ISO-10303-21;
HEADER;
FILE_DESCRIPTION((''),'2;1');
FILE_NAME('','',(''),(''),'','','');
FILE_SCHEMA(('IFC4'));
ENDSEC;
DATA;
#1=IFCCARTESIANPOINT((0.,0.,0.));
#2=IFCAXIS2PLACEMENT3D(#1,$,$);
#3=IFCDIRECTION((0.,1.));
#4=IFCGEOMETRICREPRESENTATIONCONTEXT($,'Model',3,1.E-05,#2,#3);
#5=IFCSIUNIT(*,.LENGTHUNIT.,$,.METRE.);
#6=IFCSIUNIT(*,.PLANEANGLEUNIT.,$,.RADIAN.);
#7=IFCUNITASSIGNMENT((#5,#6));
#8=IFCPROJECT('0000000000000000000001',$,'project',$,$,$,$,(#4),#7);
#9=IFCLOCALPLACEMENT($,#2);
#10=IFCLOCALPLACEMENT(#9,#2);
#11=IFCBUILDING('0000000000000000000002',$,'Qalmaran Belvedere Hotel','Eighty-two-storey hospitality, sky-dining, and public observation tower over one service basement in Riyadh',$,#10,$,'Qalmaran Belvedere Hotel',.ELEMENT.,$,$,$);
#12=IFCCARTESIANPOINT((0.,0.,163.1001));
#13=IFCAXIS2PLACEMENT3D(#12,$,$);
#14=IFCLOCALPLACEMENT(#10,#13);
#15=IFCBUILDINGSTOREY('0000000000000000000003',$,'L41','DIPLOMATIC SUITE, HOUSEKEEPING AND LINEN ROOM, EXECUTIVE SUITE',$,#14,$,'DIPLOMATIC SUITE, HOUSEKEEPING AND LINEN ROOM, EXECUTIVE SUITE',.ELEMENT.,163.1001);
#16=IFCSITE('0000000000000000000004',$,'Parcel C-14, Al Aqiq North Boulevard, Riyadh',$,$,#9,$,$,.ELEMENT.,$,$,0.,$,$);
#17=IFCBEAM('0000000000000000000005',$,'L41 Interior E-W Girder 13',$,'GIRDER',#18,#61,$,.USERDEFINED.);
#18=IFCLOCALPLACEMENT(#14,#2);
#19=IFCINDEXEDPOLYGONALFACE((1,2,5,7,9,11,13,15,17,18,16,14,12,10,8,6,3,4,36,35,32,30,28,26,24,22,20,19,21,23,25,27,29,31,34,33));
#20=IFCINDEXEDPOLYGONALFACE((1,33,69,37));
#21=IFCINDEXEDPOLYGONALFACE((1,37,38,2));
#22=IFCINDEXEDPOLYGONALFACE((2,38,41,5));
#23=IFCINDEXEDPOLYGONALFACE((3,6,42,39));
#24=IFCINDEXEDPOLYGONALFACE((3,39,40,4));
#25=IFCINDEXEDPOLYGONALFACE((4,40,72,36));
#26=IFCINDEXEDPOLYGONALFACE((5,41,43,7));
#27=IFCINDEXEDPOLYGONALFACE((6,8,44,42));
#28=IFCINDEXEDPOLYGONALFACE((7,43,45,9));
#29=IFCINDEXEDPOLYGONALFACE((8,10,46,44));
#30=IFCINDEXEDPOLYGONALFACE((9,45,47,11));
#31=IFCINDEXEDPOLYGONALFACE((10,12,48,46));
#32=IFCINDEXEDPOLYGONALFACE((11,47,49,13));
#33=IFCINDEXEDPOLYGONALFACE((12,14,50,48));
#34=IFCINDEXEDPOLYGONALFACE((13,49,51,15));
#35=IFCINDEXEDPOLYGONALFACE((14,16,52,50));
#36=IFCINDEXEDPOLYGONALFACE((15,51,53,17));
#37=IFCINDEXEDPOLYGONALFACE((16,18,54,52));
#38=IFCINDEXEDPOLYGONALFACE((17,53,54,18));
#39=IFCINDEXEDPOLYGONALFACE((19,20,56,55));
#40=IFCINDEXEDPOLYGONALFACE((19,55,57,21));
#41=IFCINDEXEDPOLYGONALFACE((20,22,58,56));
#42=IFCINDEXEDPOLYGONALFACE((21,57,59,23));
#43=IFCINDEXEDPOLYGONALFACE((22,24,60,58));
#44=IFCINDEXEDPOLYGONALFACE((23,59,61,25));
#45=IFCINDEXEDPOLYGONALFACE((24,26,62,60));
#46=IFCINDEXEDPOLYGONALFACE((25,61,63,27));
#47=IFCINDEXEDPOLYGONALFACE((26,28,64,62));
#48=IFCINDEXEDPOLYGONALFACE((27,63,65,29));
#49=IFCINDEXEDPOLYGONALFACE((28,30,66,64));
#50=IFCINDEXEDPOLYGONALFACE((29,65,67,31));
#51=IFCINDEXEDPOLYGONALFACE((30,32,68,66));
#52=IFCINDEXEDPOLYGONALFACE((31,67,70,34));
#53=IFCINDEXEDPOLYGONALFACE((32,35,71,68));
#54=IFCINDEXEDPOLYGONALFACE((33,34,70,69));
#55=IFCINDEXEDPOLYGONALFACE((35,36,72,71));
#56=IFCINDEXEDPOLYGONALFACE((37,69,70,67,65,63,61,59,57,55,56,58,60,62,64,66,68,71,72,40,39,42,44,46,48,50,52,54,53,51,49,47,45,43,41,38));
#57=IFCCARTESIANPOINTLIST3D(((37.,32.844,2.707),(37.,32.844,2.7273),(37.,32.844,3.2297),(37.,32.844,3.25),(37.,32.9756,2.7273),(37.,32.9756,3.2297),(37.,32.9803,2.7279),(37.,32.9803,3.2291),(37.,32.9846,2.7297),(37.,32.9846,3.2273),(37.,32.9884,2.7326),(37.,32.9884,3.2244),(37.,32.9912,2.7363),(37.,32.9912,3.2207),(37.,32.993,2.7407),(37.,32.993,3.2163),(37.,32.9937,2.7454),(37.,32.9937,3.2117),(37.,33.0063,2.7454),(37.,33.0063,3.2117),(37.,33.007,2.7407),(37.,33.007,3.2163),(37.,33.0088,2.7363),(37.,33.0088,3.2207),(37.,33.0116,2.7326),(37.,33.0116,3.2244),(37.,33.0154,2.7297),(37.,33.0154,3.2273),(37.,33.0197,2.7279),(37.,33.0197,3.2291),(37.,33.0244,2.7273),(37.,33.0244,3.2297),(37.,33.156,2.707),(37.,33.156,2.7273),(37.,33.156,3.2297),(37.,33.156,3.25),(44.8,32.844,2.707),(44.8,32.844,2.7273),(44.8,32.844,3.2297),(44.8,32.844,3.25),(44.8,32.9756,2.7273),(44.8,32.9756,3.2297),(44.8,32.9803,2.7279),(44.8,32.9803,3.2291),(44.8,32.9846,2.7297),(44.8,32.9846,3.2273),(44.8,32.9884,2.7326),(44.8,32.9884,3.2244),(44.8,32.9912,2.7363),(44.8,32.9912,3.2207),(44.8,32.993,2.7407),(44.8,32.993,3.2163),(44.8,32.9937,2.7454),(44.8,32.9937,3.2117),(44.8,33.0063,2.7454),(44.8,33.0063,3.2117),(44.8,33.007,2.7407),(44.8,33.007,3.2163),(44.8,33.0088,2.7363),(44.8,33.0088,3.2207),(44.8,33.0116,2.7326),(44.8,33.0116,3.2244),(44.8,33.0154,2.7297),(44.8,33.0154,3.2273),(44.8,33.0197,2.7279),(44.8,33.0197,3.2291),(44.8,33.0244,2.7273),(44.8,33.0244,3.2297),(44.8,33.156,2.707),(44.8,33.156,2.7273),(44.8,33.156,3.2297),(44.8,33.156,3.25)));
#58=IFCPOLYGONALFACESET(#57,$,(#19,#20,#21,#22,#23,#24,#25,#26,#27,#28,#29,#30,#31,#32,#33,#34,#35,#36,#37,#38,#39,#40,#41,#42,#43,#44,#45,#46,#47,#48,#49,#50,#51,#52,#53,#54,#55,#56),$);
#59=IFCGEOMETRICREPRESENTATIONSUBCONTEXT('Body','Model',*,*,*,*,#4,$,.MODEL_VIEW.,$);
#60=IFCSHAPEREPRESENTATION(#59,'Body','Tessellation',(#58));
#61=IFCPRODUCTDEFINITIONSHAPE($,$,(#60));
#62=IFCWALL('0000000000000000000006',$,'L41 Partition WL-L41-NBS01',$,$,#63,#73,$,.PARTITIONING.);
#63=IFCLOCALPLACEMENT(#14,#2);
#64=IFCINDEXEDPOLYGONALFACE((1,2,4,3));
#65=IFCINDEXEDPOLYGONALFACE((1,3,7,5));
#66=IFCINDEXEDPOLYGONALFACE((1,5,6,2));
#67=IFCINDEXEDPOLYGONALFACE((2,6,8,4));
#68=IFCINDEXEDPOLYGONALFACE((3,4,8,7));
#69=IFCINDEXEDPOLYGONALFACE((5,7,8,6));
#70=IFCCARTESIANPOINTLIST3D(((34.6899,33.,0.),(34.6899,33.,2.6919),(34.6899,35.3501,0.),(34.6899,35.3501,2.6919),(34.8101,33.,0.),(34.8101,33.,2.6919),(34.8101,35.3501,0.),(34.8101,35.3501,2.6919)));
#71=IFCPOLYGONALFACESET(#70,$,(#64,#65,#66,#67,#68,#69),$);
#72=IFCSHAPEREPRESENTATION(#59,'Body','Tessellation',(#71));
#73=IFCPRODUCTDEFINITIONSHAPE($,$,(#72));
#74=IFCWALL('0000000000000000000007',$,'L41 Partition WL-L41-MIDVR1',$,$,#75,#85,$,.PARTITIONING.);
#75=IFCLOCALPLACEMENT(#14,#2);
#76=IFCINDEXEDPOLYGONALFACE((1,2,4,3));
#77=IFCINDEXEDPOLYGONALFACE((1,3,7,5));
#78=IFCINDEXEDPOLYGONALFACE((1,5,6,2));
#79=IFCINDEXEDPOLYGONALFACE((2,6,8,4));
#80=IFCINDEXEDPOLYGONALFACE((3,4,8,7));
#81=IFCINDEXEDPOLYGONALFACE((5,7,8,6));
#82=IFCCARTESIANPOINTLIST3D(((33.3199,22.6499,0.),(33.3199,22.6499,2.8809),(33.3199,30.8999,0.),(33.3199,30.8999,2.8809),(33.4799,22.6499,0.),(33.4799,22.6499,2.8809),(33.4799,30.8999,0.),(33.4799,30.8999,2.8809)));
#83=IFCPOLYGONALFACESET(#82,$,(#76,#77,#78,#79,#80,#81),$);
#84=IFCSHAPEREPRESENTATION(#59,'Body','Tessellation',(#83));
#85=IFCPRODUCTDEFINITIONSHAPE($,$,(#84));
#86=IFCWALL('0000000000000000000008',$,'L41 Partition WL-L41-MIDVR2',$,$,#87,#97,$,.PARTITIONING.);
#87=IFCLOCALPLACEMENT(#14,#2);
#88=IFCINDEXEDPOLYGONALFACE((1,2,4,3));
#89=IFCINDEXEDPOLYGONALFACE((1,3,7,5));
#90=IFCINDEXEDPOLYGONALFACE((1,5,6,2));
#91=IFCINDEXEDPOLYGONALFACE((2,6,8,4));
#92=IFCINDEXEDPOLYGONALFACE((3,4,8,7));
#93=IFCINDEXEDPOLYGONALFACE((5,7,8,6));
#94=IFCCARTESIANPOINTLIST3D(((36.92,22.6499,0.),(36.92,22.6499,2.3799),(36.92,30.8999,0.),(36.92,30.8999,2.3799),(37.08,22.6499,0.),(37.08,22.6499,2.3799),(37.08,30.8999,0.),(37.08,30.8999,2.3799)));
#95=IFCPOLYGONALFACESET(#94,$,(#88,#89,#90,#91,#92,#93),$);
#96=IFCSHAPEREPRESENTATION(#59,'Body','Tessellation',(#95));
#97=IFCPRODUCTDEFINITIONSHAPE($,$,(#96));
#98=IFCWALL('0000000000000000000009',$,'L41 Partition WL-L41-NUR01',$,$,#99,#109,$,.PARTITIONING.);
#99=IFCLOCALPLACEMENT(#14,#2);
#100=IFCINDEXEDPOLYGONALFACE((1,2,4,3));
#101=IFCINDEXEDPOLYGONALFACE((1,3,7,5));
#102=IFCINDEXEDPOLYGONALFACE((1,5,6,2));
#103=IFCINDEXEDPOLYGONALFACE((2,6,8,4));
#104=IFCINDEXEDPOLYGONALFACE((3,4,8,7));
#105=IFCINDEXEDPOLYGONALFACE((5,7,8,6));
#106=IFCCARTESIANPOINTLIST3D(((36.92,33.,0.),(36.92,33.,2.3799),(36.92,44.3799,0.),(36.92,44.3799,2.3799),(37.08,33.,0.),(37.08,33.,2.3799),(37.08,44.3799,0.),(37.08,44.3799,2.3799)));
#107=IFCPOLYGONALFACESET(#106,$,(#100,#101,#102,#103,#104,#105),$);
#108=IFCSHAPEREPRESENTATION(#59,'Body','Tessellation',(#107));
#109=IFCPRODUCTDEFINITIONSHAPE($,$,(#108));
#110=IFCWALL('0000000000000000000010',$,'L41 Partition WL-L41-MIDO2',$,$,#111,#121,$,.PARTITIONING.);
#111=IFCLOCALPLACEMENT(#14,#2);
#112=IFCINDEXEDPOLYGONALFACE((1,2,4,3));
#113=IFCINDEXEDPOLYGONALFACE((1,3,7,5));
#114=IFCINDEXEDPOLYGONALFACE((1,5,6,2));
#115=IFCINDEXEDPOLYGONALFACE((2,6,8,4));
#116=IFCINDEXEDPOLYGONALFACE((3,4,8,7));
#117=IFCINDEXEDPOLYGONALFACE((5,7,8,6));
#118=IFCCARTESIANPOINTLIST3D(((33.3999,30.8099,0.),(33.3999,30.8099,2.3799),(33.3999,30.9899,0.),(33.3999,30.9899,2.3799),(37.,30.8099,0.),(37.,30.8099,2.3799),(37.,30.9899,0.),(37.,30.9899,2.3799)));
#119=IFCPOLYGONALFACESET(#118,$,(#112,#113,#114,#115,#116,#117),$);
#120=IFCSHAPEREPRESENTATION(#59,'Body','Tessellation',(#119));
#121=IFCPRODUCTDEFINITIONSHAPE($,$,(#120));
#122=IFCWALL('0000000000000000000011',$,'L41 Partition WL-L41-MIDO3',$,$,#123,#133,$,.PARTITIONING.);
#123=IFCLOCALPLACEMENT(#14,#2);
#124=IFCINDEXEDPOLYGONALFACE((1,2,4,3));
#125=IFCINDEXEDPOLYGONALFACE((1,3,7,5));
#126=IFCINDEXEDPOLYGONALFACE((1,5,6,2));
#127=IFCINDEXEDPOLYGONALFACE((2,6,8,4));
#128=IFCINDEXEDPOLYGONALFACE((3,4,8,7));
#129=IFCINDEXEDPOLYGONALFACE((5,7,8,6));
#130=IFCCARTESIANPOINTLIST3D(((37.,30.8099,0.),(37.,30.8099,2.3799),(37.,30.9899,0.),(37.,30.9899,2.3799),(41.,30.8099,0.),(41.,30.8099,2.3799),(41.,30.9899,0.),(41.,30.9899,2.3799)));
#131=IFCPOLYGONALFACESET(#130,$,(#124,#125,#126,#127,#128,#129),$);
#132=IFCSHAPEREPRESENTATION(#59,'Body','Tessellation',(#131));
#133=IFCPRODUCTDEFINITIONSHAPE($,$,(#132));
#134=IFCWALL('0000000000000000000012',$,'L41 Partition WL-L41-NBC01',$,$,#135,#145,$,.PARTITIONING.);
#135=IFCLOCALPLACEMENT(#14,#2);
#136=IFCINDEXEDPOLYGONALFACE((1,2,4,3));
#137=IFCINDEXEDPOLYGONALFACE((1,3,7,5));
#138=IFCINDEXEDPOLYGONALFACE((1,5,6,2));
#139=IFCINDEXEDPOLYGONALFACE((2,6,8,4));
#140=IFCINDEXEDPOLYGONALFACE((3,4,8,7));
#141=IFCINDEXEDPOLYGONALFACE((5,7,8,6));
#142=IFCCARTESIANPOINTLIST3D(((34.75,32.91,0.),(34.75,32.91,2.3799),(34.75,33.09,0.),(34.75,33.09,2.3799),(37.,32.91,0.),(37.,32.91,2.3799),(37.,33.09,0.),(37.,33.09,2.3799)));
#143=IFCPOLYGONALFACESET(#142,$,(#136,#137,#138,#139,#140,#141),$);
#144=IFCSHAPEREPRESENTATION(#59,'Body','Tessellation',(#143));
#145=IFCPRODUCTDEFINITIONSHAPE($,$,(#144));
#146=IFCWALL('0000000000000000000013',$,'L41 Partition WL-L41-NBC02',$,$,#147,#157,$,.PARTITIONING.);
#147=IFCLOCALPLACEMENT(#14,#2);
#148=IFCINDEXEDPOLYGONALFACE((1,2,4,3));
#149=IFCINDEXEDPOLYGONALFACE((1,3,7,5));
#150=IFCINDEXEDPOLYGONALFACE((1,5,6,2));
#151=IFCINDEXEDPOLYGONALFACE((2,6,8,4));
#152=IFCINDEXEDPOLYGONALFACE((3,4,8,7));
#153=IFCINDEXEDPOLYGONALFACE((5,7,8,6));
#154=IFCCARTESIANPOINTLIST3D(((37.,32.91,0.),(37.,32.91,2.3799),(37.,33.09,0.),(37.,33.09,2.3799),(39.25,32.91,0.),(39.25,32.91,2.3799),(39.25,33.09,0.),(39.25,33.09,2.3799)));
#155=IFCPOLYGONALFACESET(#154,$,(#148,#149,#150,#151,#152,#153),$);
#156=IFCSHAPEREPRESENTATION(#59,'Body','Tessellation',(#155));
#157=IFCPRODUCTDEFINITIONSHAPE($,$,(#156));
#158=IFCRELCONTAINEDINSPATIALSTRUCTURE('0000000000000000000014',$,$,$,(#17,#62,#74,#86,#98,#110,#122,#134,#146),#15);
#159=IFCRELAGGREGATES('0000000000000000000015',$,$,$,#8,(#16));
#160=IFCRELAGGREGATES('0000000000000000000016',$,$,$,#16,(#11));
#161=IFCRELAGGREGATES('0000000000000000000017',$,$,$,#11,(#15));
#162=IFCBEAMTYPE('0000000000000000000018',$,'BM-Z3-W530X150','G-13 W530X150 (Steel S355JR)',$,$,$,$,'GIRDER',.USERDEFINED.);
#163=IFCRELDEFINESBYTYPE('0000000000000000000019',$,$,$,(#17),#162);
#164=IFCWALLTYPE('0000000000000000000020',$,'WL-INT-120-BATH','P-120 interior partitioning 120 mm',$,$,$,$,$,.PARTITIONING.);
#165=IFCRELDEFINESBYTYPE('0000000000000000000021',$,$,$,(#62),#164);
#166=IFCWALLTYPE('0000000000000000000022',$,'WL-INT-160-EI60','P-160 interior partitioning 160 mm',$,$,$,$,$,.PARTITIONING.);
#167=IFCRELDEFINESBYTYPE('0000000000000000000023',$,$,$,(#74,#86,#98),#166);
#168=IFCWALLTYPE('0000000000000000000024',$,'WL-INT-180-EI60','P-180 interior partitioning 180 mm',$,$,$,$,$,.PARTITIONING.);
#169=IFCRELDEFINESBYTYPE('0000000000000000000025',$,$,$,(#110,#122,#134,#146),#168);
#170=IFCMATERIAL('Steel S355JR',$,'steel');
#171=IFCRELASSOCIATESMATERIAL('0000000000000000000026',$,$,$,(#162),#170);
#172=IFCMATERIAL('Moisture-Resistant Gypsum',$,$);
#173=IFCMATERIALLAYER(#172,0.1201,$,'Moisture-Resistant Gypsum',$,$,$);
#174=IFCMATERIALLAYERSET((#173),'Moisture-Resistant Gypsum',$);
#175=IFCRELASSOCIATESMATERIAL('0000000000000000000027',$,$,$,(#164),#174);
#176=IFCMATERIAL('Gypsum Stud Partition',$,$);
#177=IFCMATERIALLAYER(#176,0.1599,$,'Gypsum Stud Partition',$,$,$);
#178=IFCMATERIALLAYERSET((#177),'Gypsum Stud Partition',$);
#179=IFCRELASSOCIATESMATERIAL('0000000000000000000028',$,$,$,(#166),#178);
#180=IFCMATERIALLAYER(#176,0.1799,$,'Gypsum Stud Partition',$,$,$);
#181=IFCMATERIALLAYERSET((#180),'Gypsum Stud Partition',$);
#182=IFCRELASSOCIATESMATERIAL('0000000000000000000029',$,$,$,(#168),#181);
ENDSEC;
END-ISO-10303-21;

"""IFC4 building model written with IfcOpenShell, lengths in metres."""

from ifc_helpers import new_model, si_unit, direction, frame, frame_2d, origin, origin_2d, place, context, subcontext, project, spatial, rectangle, i_section, extrude, material, layer, layer_set, material_profile, profile_set, type_object, element, save


model = new_model("IFC4")

# Units and contexts
model_context = context("Model", 3, precision=1e-05, world=origin(), true_north=direction((0.0, 1.0)))
body_context = subcontext(model_context, "Body", "Model", "MODEL_VIEW")
ifc_project = project(units=[si_unit("LENGTHUNIT", "METRE"), si_unit("PLANEANGLEUNIT", "RADIAN")], contexts=[model_context])

# Site, building, storey
site_placement = place(None, origin())
site = spatial("IfcSite", under=ifc_project, at=site_placement, Name="Parcel C-14, Al Aqiq North Boulevard, Riyadh", CompositionType="ELEMENT", RefElevation=0.0)
building_placement = place(site_placement, origin())
building = spatial("IfcBuilding", under=site, at=building_placement, Name="Qalmaran Belvedere Hotel", Description="Eighty-two-storey hospitality, sky-dining, and public observation tower over one service basement in Riyadh", LongName="Qalmaran Belvedere Hotel", CompositionType="ELEMENT")
storey_placement = place(building_placement, frame((0.0, 0.0, 163.1001)))
storey = spatial("IfcBuildingStorey", under=building, at=storey_placement, Name="L41", Description="DIPLOMATIC SUITE, HOUSEKEEPING AND LINEN ROOM, EXECUTIVE SUITE", LongName="DIPLOMATIC SUITE, HOUSEKEEPING AND LINEN ROOM, EXECUTIVE SUITE", CompositionType="ELEMENT", Elevation=163.1001)

# Beam
ifc_material_1 = material(Name="Steel S355JR", Category="steel")
ifc_material_profile_1 = material_profile(ifc_material_1, i_section(OverallWidth=0.312, OverallDepth=0.543, WebThickness=0.0127, FlangeThickness=0.0203, FilletRadius=0.0181, at=origin_2d()), Name="W530X150")
ifc_profile_set_1 = profile_set([ifc_material_profile_1], Name="Steel S355JR")
beam_type_1 = type_object("IfcBeamType", Name="BM-Z3-W530X150", Description="G-13 W530X150 (Steel S355JR)", ElementType="GIRDER", PredefinedType="USERDEFINED", material=ifc_profile_set_1)
for number, where, z_axis, x_axis, name in (
    (1, (37.0, 33.0, 2.9785), (1.0, 0.0, 0.0), (0.0, 1.0, 0.0), "L41 Interior E-W Girder 13"),
):
    element("IfcBeam", number, at=place(storey_placement, frame(where, z_axis=z_axis, x_axis=x_axis)), inside=storey, type_object=beam_type_1, Name=name, ObjectType="GIRDER", PredefinedType="USERDEFINED", context=body_context, shape_type="SweptSolid", body=[
        extrude(i_section(OverallWidth=0.312, OverallDepth=0.543, WebThickness=0.0127, FlangeThickness=0.0203, FilletRadius=0.0181, at=origin_2d()), origin(), (0.0, 0.0, 1.0), 7.8),
    ])

# Walls
ifc_material_2 = material(Name="Moisture-Resistant Gypsum")
ifc_layer_1 = layer(ifc_material_2, 0.1201, Name="Moisture-Resistant Gypsum")
ifc_layer_set_1 = layer_set([ifc_layer_1], Name="Moisture-Resistant Gypsum")
wall_type_1 = type_object("IfcWallType", Name="WL-INT-120-BATH", Description="P-120 interior partitioning 120 mm", PredefinedType="PARTITIONING", material=ifc_layer_set_1)
wall_1_placement = place(storey_placement, frame((34.75, 33.0, 0.0), z_axis=(0.0, 0.0, 1.0), x_axis=(0.0, 1.0, 0.0)))
element("IfcWall", 2, at=wall_1_placement, inside=storey, type_object=wall_type_1, Name="L41 Partition WL-L41-NBS01", PredefinedType="PARTITIONING", context=body_context, shape_type="SweptSolid", body=[
    extrude(rectangle(XDim=2.3501, YDim=0.1201, at=frame_2d((1.175, 0.0))), origin(), (0.0, 0.0, 1.0), 2.6919),
])
ifc_material_3 = material(Name="Gypsum Stud Partition")
ifc_layer_2 = layer(ifc_material_3, 0.1599, Name="Gypsum Stud Partition")
ifc_layer_set_2 = layer_set([ifc_layer_2], Name="Gypsum Stud Partition")
wall_type_2 = type_object("IfcWallType", Name="WL-INT-160-EI60", Description="P-160 interior partitioning 160 mm", PredefinedType="PARTITIONING", material=ifc_layer_set_2)
wall_2_placement = place(storey_placement, frame((33.3999, 22.6499, 0.0), z_axis=(0.0, 0.0, 1.0), x_axis=(0.0, 1.0, 0.0)))
element("IfcWall", 3, at=wall_2_placement, inside=storey, type_object=wall_type_2, Name="L41 Partition WL-L41-MIDVR1", PredefinedType="PARTITIONING", context=body_context, shape_type="SweptSolid", body=[
    extrude(rectangle(XDim=8.25, YDim=0.1599, at=frame_2d((4.125, 0.0))), origin(), (0.0, 0.0, 1.0), 2.8809),
])
wall_3_placement = place(storey_placement, frame((37.0, 22.6499, 0.0), z_axis=(0.0, 0.0, 1.0), x_axis=(0.0, 1.0, 0.0)))
element("IfcWall", 4, at=wall_3_placement, inside=storey, type_object=wall_type_2, Name="L41 Partition WL-L41-MIDVR2", PredefinedType="PARTITIONING", context=body_context, shape_type="SweptSolid", body=[
    extrude(rectangle(XDim=8.25, YDim=0.1599, at=frame_2d((4.125, 0.0))), origin(), (0.0, 0.0, 1.0), 2.3799),
])
wall_4_placement = place(storey_placement, frame((37.0, 33.0, 0.0), z_axis=(0.0, 0.0, 1.0), x_axis=(0.0, 1.0, 0.0)))
element("IfcWall", 5, at=wall_4_placement, inside=storey, type_object=wall_type_2, Name="L41 Partition WL-L41-NUR01", PredefinedType="PARTITIONING", context=body_context, shape_type="SweptSolid", body=[
    extrude(rectangle(XDim=11.3799, YDim=0.1599, at=frame_2d((5.6899, 0.0))), origin(), (0.0, 0.0, 1.0), 2.3799),
])

# Shared definitions
ifc_layer_3 = layer(ifc_material_3, 0.1799, Name="Gypsum Stud Partition")
ifc_layer_set_3 = layer_set([ifc_layer_3], Name="Gypsum Stud Partition")
wall_type_3 = type_object("IfcWallType", Name="WL-INT-180-EI60", Description="P-180 interior partitioning 180 mm", PredefinedType="PARTITIONING", material=ifc_layer_set_3)

# Wall
wall_5_placement = place(storey_placement, frame((33.3999, 30.8999, 0.0), z_axis=(0.0, 0.0, 1.0), x_axis=(1.0, 0.0, 0.0)))
element("IfcWall", 6, at=wall_5_placement, inside=storey, type_object=wall_type_3, Name="L41 Partition WL-L41-MIDO2", PredefinedType="PARTITIONING", context=body_context, shape_type="SweptSolid", body=[
    extrude(rectangle(XDim=3.6001, YDim=0.1799, at=frame_2d((1.8, 0.0))), origin(), (0.0, 0.0, 1.0), 2.3799),
])

# Walls
wall_6_placement = place(storey_placement, frame((37.0, 30.8999, 0.0), z_axis=(0.0, 0.0, 1.0), x_axis=(1.0, 0.0, 0.0)))
element("IfcWall", 7, at=wall_6_placement, inside=storey, type_object=wall_type_3, Name="L41 Partition WL-L41-MIDO3", PredefinedType="PARTITIONING", context=body_context, shape_type="SweptSolid", body=[
    extrude(rectangle(XDim=4.0, YDim=0.1799, at=frame_2d((2.0, 0.0))), origin(), (0.0, 0.0, 1.0), 2.3799),
])
for number, where, z_axis, x_axis, name in (
    (8, (34.75, 33.0, 0.0), (0.0, 0.0, 1.0), (1.0, 0.0, 0.0), "L41 Partition WL-L41-NBC01"),
    (9, (37.0, 33.0, 0.0), (0.0, 0.0, 1.0), (1.0, 0.0, 0.0), "L41 Partition WL-L41-NBC02"),
):
    element("IfcWall", number, at=place(storey_placement, frame(where, z_axis=z_axis, x_axis=x_axis)), inside=storey, type_object=wall_type_3, Name=name, PredefinedType="PARTITIONING", context=body_context, shape_type="SweptSolid", body=[
        extrude(rectangle(XDim=2.25, YDim=0.1799, at=frame_2d((1.125, 0.0))), origin(), (0.0, 0.0, 1.0), 2.3799),
    ])

save(model, "model.ifc")
